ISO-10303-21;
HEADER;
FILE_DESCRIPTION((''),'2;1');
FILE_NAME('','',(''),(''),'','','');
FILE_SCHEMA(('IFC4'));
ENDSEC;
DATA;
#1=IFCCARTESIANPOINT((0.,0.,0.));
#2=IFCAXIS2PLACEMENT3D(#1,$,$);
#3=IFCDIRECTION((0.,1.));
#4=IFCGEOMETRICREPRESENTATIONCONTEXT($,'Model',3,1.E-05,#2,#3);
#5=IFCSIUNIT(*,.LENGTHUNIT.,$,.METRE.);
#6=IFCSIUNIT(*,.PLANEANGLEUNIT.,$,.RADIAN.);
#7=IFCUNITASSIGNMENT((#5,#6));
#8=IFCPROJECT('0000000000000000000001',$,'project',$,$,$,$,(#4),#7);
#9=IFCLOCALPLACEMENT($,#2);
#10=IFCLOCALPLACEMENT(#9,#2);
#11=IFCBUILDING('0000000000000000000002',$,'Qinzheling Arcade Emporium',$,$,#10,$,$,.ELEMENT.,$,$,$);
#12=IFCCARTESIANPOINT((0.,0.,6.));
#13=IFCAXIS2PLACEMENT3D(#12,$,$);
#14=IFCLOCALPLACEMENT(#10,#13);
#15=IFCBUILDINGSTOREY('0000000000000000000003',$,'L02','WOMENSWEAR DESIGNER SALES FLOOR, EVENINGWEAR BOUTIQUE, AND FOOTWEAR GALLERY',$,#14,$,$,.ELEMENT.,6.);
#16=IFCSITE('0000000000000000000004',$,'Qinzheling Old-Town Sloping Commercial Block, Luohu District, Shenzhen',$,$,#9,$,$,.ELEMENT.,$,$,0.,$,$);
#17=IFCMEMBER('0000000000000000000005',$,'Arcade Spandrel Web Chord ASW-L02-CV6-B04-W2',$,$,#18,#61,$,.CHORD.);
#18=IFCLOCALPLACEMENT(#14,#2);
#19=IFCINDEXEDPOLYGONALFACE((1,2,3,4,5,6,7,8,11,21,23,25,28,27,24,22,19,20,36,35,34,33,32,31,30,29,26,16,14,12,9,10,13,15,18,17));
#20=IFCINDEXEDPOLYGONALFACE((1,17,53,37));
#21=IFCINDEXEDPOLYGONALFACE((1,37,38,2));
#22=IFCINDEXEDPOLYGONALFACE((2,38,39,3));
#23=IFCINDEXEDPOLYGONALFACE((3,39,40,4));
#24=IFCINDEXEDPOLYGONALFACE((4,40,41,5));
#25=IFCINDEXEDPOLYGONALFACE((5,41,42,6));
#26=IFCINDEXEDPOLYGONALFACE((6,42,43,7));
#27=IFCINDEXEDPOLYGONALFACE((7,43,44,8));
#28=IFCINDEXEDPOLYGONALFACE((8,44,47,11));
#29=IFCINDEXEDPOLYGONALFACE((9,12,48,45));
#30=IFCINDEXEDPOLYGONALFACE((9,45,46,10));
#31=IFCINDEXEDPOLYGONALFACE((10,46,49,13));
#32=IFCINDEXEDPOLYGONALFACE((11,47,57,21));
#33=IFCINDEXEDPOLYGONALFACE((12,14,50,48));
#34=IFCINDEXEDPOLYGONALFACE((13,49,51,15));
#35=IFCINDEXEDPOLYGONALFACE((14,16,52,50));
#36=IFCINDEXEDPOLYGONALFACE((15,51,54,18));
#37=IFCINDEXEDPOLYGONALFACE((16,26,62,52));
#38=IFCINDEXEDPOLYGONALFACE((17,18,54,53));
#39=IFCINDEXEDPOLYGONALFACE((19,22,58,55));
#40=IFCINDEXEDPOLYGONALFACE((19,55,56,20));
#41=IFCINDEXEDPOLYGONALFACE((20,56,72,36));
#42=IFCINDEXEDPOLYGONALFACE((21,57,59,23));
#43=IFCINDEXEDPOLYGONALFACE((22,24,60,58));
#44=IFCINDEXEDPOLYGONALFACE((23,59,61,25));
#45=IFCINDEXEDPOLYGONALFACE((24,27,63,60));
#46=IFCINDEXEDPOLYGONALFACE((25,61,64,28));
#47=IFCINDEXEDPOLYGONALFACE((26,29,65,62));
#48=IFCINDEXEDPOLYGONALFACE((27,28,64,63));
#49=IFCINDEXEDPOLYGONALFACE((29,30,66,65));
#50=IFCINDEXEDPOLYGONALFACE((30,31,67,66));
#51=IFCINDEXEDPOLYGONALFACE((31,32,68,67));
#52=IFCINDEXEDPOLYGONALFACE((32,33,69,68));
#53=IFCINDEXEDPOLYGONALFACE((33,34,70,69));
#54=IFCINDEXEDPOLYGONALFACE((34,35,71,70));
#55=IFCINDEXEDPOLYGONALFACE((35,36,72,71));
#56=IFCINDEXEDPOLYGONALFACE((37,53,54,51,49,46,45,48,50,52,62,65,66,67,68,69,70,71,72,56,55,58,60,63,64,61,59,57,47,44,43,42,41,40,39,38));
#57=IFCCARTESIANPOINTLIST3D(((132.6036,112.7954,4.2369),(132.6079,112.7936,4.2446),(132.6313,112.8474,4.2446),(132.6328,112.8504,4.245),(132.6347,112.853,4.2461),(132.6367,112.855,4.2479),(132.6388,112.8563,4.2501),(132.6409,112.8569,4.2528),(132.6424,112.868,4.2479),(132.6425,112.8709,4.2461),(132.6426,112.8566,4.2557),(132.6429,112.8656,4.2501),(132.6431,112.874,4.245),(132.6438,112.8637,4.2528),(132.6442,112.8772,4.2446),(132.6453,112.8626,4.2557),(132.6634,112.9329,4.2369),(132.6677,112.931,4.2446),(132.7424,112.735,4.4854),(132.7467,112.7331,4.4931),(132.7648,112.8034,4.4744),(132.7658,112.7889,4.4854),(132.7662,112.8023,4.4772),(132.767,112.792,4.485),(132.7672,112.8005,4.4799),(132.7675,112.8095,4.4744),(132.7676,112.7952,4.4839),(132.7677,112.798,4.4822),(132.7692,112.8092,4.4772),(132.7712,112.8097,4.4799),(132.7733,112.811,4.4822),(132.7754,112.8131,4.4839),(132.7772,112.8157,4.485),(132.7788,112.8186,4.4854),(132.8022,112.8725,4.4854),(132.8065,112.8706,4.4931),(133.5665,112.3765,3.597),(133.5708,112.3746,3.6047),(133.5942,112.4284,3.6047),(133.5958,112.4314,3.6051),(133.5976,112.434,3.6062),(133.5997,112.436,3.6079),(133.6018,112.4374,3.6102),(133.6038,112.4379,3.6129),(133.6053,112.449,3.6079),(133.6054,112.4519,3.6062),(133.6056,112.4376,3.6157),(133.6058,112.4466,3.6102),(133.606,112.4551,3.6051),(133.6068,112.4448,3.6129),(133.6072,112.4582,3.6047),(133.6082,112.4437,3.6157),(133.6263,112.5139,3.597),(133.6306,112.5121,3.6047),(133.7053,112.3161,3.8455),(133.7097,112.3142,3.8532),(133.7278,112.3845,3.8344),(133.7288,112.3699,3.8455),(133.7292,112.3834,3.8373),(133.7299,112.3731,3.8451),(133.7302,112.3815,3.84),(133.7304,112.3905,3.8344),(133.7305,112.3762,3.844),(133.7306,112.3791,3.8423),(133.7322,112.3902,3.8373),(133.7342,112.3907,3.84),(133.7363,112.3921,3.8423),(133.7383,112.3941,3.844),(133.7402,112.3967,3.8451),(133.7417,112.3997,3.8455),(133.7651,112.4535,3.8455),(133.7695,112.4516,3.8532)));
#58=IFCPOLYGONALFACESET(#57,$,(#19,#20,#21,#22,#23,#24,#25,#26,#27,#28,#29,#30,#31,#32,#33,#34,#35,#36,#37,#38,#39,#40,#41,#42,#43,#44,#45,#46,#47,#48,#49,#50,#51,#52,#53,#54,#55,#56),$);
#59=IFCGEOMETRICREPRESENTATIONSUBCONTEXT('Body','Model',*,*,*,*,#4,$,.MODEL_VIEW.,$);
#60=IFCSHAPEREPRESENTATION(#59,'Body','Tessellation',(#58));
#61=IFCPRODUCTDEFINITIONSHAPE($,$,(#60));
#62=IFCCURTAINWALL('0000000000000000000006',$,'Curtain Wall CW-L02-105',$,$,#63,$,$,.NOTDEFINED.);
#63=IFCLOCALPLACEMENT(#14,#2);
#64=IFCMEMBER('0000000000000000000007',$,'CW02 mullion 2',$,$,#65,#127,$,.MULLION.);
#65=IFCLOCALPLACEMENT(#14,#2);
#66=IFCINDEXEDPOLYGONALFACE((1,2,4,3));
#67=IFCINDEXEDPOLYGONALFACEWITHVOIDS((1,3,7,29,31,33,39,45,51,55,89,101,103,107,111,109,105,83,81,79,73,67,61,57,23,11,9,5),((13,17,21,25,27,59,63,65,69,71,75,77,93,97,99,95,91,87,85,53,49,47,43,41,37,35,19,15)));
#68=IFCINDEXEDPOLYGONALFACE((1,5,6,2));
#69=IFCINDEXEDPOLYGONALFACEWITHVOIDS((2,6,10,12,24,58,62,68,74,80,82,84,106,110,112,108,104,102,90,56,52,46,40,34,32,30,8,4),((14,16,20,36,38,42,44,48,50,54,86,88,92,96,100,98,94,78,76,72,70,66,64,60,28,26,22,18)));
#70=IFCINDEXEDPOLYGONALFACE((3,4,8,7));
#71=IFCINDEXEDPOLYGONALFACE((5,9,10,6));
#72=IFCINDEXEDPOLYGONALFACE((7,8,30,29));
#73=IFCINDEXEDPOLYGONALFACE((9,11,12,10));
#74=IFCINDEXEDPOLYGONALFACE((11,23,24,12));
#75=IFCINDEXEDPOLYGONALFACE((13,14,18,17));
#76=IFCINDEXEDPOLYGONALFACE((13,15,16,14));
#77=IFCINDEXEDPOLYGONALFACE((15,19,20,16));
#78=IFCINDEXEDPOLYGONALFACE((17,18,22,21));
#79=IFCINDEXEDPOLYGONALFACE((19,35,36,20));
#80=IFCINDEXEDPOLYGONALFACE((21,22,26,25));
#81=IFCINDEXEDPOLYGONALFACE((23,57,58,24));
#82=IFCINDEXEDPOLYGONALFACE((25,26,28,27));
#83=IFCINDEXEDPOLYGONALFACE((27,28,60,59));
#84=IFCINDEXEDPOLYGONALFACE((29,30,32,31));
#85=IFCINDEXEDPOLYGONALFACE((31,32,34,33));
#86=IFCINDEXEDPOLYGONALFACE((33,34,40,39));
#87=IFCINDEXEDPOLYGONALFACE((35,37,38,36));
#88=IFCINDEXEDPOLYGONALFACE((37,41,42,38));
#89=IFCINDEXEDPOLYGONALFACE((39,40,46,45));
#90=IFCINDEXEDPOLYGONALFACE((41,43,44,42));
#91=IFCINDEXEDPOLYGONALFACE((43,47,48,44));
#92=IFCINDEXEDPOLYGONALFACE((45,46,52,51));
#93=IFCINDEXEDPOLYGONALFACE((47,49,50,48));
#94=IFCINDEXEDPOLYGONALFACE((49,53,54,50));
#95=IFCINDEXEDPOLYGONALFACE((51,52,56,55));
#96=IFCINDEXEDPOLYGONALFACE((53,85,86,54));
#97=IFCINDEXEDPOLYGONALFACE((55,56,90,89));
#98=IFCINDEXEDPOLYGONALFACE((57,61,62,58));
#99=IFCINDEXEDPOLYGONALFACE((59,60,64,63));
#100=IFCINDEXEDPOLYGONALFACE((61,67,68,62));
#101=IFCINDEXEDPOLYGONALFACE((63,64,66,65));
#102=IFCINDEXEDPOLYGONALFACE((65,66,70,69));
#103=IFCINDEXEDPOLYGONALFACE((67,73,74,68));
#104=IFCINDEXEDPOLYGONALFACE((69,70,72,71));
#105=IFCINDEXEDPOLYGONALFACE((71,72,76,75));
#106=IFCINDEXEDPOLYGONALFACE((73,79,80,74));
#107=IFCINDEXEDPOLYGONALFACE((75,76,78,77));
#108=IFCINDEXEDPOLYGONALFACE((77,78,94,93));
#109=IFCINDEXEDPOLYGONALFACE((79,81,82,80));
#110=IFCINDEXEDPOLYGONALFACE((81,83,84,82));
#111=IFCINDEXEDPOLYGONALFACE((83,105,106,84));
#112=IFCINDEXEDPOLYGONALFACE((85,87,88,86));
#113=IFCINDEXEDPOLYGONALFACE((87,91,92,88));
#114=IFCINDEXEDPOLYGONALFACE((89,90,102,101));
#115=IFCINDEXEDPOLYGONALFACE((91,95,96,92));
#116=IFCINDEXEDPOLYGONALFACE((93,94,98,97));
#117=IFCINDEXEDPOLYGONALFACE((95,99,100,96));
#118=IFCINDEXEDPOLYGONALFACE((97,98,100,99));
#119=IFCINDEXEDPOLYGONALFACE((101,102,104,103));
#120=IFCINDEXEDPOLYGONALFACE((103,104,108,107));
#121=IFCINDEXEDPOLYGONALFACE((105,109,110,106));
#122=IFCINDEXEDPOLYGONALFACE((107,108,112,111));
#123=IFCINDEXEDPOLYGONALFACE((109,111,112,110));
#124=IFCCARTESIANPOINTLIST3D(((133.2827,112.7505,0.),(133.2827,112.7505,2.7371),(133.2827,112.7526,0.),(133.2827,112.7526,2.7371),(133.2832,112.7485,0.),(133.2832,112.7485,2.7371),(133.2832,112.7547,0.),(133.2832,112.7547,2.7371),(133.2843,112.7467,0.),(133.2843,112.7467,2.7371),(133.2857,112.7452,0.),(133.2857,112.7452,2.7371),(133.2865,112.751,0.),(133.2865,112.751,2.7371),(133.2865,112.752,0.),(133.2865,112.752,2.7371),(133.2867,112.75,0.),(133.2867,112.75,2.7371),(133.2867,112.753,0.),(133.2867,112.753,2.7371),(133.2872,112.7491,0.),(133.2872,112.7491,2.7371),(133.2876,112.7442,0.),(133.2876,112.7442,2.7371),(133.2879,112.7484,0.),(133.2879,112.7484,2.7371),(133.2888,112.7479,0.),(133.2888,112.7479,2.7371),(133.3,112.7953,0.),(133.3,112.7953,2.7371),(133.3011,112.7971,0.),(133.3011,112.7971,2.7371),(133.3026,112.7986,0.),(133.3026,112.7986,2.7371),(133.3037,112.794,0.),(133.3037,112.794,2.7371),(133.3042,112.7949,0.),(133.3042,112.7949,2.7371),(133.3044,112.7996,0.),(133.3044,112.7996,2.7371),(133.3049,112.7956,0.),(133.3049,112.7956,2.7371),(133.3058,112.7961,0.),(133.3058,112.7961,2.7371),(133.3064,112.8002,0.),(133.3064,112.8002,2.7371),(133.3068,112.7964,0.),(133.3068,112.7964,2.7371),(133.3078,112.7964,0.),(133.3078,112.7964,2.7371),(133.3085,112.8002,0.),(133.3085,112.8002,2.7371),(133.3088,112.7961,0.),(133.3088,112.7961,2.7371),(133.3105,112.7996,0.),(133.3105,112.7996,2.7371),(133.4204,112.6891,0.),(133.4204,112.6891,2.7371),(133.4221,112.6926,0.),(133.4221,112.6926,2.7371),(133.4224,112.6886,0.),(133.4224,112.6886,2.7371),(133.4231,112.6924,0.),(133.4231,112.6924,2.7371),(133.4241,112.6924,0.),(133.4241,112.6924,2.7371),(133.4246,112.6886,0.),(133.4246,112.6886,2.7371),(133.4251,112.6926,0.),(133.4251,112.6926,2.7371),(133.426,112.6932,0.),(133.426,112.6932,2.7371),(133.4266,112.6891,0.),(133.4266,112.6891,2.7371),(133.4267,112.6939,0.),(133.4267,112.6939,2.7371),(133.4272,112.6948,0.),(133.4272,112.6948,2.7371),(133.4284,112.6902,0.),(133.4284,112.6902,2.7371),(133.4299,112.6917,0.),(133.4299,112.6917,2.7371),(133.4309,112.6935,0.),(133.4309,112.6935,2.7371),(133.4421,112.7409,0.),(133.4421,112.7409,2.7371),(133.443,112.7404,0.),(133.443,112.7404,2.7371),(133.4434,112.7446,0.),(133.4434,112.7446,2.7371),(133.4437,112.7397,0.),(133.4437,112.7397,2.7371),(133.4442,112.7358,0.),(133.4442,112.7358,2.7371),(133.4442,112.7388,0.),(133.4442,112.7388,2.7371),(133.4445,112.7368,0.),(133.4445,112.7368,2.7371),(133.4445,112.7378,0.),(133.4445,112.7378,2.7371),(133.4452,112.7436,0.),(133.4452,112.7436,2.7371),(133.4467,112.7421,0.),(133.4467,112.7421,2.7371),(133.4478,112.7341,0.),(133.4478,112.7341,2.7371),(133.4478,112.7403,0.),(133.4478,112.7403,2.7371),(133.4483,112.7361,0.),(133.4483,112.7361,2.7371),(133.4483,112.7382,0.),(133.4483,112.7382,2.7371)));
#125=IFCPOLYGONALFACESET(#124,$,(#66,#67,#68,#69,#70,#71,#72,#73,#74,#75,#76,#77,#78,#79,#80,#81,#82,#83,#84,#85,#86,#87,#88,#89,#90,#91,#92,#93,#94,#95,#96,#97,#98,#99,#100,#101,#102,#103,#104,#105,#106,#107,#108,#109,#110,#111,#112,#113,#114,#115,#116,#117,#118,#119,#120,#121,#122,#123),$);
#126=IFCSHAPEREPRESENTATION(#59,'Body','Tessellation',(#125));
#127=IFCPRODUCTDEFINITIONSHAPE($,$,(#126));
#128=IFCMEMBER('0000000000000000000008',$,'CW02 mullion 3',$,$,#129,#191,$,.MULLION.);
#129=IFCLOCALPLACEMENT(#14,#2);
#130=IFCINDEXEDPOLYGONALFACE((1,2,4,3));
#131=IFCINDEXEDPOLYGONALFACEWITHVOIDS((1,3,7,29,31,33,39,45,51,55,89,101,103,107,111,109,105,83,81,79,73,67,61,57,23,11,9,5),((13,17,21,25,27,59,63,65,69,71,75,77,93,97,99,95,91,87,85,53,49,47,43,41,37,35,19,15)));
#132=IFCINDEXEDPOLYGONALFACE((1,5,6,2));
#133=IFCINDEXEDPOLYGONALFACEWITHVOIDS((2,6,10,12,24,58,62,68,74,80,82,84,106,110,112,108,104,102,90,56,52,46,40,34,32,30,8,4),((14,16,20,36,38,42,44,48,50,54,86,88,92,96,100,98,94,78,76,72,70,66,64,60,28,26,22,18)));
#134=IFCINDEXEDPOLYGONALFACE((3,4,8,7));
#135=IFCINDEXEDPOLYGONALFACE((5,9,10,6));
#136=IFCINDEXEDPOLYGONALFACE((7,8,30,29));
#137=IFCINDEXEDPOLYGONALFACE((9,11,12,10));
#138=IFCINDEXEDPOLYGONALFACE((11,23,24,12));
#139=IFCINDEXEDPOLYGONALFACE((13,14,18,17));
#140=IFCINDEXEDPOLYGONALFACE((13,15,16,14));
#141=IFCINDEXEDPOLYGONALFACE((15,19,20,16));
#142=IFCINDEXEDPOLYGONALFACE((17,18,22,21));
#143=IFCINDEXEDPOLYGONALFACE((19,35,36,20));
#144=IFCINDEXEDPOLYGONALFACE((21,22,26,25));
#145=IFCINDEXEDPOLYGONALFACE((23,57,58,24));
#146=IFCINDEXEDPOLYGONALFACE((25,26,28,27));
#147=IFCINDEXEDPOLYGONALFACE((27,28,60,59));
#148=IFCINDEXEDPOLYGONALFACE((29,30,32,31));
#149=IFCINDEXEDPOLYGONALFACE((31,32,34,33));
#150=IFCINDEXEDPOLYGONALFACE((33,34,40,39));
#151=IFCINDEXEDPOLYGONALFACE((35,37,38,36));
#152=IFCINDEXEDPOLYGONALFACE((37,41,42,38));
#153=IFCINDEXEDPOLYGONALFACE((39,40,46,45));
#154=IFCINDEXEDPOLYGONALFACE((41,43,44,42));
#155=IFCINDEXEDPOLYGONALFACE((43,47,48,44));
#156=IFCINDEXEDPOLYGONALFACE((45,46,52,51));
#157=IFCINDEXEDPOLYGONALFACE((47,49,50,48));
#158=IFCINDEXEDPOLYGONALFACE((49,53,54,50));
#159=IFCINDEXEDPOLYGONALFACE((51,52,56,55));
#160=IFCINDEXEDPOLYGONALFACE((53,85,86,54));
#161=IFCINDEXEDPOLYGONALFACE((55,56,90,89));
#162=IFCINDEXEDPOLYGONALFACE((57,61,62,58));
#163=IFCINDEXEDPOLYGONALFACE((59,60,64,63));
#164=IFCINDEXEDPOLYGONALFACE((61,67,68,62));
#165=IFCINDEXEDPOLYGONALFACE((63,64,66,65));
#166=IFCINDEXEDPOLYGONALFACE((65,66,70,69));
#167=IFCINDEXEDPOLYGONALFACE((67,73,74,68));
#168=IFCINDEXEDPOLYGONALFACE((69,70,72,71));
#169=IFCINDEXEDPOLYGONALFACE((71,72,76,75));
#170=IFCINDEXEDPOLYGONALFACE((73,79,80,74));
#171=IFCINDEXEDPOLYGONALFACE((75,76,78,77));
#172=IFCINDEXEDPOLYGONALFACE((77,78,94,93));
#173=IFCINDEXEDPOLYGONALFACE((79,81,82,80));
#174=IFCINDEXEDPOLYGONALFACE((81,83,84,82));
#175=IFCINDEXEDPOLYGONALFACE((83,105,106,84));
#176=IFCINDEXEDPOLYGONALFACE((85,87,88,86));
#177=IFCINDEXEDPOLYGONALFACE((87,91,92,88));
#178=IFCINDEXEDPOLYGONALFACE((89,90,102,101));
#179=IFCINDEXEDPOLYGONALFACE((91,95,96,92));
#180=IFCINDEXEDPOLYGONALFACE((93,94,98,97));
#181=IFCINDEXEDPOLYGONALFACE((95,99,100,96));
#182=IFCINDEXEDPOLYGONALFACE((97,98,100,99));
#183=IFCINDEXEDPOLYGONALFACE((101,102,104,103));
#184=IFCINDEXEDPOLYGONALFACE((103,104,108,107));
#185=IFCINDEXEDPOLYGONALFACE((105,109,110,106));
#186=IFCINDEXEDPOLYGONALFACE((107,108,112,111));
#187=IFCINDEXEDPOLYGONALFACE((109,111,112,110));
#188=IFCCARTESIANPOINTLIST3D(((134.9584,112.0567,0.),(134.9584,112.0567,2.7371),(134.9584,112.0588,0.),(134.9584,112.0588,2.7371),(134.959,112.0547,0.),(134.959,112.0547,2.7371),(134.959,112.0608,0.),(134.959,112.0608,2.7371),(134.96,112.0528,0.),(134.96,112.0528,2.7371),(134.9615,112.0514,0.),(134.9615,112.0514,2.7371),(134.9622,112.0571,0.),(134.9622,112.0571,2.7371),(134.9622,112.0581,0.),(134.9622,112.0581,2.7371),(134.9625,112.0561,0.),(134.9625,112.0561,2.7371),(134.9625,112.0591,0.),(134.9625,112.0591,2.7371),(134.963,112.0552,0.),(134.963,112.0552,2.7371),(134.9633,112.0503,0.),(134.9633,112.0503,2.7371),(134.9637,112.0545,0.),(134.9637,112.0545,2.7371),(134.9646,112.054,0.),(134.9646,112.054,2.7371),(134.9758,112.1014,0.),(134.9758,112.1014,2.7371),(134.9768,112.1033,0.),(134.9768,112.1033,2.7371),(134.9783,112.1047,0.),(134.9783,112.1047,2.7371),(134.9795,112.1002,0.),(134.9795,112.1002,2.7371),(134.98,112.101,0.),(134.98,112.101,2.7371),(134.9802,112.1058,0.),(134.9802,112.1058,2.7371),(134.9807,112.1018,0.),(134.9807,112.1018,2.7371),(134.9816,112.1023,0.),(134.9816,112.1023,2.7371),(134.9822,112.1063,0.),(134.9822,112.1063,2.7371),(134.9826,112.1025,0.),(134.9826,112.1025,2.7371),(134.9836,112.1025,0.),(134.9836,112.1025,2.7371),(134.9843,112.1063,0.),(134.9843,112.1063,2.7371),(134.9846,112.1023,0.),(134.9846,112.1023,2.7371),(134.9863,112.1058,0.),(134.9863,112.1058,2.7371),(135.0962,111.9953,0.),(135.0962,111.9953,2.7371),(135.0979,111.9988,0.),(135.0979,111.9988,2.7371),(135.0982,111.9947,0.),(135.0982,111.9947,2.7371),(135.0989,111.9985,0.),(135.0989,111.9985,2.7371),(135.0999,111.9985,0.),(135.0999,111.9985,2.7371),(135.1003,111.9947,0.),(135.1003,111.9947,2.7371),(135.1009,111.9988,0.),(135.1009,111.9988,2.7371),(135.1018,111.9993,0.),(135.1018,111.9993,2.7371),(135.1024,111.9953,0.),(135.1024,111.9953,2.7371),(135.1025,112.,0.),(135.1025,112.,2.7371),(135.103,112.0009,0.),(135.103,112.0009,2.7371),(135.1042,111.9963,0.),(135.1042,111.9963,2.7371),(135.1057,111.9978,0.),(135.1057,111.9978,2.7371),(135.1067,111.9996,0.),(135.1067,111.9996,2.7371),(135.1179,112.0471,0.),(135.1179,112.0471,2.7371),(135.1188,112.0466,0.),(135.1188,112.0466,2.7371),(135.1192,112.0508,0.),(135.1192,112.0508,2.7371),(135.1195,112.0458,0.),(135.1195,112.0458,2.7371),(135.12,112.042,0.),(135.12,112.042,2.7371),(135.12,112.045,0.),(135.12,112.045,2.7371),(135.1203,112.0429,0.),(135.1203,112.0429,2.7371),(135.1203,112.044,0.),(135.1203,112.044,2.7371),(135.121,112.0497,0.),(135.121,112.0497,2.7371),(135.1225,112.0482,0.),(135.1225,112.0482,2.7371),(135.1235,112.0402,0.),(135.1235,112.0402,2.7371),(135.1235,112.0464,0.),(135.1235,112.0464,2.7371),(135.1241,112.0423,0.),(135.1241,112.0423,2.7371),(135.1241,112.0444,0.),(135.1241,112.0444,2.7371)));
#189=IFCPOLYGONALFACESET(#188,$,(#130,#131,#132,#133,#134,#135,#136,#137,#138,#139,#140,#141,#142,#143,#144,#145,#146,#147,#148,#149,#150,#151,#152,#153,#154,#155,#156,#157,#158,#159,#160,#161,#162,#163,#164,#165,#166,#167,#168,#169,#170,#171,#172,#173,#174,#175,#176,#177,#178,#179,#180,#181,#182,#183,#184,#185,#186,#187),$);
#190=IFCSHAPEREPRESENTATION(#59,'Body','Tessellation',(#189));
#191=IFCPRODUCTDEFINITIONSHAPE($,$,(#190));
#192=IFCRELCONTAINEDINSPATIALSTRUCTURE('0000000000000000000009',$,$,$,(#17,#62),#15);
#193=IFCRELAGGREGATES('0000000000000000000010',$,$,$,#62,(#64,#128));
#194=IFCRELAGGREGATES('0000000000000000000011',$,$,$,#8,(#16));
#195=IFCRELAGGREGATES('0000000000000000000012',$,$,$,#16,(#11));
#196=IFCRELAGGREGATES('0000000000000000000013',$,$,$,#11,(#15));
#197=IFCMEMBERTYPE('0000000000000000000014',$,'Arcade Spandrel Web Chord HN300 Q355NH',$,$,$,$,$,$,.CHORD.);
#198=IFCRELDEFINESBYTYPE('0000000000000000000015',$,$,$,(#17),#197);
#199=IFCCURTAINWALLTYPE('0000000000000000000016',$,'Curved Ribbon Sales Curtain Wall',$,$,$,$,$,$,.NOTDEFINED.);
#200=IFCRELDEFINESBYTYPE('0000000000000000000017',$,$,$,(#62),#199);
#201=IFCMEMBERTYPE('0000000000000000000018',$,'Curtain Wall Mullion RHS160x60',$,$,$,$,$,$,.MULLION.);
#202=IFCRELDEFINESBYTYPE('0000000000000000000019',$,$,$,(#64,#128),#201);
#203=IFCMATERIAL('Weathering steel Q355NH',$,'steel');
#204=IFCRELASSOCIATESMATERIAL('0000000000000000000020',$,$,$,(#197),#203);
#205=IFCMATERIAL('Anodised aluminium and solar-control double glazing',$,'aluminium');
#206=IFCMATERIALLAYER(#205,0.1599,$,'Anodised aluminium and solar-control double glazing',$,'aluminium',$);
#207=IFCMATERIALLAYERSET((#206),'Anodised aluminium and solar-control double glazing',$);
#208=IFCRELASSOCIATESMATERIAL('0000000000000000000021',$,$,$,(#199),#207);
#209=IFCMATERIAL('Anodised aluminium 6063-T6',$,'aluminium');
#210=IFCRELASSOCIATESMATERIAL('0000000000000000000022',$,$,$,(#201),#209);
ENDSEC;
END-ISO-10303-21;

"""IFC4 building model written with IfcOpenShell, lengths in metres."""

from ifc_helpers import new_model, si_unit, direction, frame, origin, origin_2d, place, context, subcontext, project, spatial, hollow_rectangle, i_section, extrude, material, layer, layer_set, material_profile, profile_set, type_object, element, aggregate, save


model = new_model("IFC4")

# Units and contexts
model_context = context("Model", 3, precision=1e-05, world=origin(), true_north=direction((0.0, 1.0)))
body_context = subcontext(model_context, "Body", "Model", "MODEL_VIEW")
ifc_project = project(units=[si_unit("LENGTHUNIT", "METRE"), si_unit("PLANEANGLEUNIT", "RADIAN")], contexts=[model_context])

# Site, building, storey
site_placement = place(None, origin())
site = spatial("IfcSite", under=ifc_project, at=site_placement, Name="Qinzheling Old-Town Sloping Commercial Block, Luohu District, Shenzhen", CompositionType="ELEMENT", RefElevation=0.0)
building_placement = place(site_placement, origin())
building = spatial("IfcBuilding", under=site, at=building_placement, Name="Qinzheling Arcade Emporium", CompositionType="ELEMENT")
storey_placement = place(building_placement, frame((0.0, 0.0, 6.0)))
storey = spatial("IfcBuildingStorey", under=building, at=storey_placement, Name="L02", Description="WOMENSWEAR DESIGNER SALES FLOOR, EVENINGWEAR BOUTIQUE, AND FOOTWEAR GALLERY", CompositionType="ELEMENT", Elevation=6.0)

# Shared definitions
ifc_material_1 = material(Name="Weathering steel Q355NH", Category="steel")

# Member
ifc_material_profile_1 = material_profile(ifc_material_1, i_section(OverallWidth=0.1499, OverallDepth=0.3, WebThickness=0.0066, FlangeThickness=0.009, FilletRadius=0.0129, at=origin_2d()), Name="HN 300x150x6.5x9", Category="steel")
ifc_profile_set_1 = profile_set([ifc_material_profile_1], Name="Weathering steel Q355NH")
member_type_1 = type_object("IfcMemberType", Name="Arcade Spandrel Web Chord HN300 Q355NH", PredefinedType="CHORD", material=ifc_profile_set_1)
member_1_placement = place(storey_placement, frame((133.668, 112.4141, 3.7251), z_axis=(-0.783036, 0.340692, 0.520369), x_axis=(-0.398964, -0.916967, 0.0)))
element("IfcMember", 1, at=member_1_placement, inside=storey, type_object=member_type_1, Name="Arcade Spandrel Web Chord ASW-L02-CV6-B04-W2", PredefinedType="CHORD", context=body_context, shape_type="SweptSolid", body=[
    extrude(i_section(OverallWidth=0.1499, OverallDepth=0.3, WebThickness=0.0066, FlangeThickness=0.009, FilletRadius=0.0129, at=origin_2d()), origin(), (0.0, 0.0, 1.0), 1.2297),
])

# Curtain wall, members
ifc_material_2 = material(Name="Anodised aluminium and solar-control double glazing", Category="aluminium")
ifc_layer_1 = layer(ifc_material_2, 0.1599, Name="Anodised aluminium and solar-control double glazing", Category="aluminium")
ifc_layer_set_1 = layer_set([ifc_layer_1], Name="Anodised aluminium and solar-control double glazing")
curtain_wall_type = type_object("IfcCurtainWallType", Name="Curved Ribbon Sales Curtain Wall", PredefinedType="NOTDEFINED", material=ifc_layer_set_1)
curtain_wall_1_placement = place(storey_placement, origin())
curtain_wall_1 = element("IfcCurtainWall", 2, at=curtain_wall_1_placement, inside=storey, type_object=curtain_wall_type, Name="Curtain Wall CW-L02-105", PredefinedType="NOTDEFINED")
ifc_material_3 = material(Name="Anodised aluminium 6063-T6", Category="aluminium")
ifc_material_profile_2 = material_profile(ifc_material_3, hollow_rectangle(XDim=0.0601, YDim=0.1599, WallThickness=0.0039, InnerFilletRadius=0.0039, OuterFilletRadius=0.0081, at=origin_2d()), Name="RHS 160x60x4", Category="aluminium")
ifc_profile_set_2 = profile_set([ifc_material_profile_2], Name="Anodised aluminium 6063-T6")
member_type_2 = type_object("IfcMemberType", Name="Curtain Wall Mullion RHS160x60", PredefinedType="MULLION", material=ifc_profile_set_2)
member_2_placement = place(storey_placement, frame((133.3655, 112.7444, 0.0), z_axis=(0.0, 0.0, 1.0), x_axis=(0.382631, 0.923901, 0.0)))
member_2 = element("IfcMember", 3, at=member_2_placement, type_object=member_type_2, Name="CW02 mullion 2", PredefinedType="MULLION", context=body_context, shape_type="SweptSolid", body=[
    extrude(hollow_rectangle(XDim=0.0601, YDim=0.1599, WallThickness=0.0039, InnerFilletRadius=0.0039, OuterFilletRadius=0.0081, at=origin_2d()), origin(), (0.0, 0.0, 1.0), 2.7371),
])
member_3_placement = place(storey_placement, frame((135.0413, 112.0505, 0.0), z_axis=(0.0, 0.0, 1.0), x_axis=(0.382631, 0.923901, 0.0)))
member_3 = element("IfcMember", 4, at=member_3_placement, type_object=member_type_2, Name="CW02 mullion 3", PredefinedType="MULLION", context=body_context, shape_type="SweptSolid", body=[
    extrude(hollow_rectangle(XDim=0.0601, YDim=0.1599, WallThickness=0.0039, InnerFilletRadius=0.0039, OuterFilletRadius=0.0081, at=origin_2d()), origin(), (0.0, 0.0, 1.0), 2.7371),
])

aggregate(curtain_wall_1, [member_2, member_3])

save(model, "model.ifc")
